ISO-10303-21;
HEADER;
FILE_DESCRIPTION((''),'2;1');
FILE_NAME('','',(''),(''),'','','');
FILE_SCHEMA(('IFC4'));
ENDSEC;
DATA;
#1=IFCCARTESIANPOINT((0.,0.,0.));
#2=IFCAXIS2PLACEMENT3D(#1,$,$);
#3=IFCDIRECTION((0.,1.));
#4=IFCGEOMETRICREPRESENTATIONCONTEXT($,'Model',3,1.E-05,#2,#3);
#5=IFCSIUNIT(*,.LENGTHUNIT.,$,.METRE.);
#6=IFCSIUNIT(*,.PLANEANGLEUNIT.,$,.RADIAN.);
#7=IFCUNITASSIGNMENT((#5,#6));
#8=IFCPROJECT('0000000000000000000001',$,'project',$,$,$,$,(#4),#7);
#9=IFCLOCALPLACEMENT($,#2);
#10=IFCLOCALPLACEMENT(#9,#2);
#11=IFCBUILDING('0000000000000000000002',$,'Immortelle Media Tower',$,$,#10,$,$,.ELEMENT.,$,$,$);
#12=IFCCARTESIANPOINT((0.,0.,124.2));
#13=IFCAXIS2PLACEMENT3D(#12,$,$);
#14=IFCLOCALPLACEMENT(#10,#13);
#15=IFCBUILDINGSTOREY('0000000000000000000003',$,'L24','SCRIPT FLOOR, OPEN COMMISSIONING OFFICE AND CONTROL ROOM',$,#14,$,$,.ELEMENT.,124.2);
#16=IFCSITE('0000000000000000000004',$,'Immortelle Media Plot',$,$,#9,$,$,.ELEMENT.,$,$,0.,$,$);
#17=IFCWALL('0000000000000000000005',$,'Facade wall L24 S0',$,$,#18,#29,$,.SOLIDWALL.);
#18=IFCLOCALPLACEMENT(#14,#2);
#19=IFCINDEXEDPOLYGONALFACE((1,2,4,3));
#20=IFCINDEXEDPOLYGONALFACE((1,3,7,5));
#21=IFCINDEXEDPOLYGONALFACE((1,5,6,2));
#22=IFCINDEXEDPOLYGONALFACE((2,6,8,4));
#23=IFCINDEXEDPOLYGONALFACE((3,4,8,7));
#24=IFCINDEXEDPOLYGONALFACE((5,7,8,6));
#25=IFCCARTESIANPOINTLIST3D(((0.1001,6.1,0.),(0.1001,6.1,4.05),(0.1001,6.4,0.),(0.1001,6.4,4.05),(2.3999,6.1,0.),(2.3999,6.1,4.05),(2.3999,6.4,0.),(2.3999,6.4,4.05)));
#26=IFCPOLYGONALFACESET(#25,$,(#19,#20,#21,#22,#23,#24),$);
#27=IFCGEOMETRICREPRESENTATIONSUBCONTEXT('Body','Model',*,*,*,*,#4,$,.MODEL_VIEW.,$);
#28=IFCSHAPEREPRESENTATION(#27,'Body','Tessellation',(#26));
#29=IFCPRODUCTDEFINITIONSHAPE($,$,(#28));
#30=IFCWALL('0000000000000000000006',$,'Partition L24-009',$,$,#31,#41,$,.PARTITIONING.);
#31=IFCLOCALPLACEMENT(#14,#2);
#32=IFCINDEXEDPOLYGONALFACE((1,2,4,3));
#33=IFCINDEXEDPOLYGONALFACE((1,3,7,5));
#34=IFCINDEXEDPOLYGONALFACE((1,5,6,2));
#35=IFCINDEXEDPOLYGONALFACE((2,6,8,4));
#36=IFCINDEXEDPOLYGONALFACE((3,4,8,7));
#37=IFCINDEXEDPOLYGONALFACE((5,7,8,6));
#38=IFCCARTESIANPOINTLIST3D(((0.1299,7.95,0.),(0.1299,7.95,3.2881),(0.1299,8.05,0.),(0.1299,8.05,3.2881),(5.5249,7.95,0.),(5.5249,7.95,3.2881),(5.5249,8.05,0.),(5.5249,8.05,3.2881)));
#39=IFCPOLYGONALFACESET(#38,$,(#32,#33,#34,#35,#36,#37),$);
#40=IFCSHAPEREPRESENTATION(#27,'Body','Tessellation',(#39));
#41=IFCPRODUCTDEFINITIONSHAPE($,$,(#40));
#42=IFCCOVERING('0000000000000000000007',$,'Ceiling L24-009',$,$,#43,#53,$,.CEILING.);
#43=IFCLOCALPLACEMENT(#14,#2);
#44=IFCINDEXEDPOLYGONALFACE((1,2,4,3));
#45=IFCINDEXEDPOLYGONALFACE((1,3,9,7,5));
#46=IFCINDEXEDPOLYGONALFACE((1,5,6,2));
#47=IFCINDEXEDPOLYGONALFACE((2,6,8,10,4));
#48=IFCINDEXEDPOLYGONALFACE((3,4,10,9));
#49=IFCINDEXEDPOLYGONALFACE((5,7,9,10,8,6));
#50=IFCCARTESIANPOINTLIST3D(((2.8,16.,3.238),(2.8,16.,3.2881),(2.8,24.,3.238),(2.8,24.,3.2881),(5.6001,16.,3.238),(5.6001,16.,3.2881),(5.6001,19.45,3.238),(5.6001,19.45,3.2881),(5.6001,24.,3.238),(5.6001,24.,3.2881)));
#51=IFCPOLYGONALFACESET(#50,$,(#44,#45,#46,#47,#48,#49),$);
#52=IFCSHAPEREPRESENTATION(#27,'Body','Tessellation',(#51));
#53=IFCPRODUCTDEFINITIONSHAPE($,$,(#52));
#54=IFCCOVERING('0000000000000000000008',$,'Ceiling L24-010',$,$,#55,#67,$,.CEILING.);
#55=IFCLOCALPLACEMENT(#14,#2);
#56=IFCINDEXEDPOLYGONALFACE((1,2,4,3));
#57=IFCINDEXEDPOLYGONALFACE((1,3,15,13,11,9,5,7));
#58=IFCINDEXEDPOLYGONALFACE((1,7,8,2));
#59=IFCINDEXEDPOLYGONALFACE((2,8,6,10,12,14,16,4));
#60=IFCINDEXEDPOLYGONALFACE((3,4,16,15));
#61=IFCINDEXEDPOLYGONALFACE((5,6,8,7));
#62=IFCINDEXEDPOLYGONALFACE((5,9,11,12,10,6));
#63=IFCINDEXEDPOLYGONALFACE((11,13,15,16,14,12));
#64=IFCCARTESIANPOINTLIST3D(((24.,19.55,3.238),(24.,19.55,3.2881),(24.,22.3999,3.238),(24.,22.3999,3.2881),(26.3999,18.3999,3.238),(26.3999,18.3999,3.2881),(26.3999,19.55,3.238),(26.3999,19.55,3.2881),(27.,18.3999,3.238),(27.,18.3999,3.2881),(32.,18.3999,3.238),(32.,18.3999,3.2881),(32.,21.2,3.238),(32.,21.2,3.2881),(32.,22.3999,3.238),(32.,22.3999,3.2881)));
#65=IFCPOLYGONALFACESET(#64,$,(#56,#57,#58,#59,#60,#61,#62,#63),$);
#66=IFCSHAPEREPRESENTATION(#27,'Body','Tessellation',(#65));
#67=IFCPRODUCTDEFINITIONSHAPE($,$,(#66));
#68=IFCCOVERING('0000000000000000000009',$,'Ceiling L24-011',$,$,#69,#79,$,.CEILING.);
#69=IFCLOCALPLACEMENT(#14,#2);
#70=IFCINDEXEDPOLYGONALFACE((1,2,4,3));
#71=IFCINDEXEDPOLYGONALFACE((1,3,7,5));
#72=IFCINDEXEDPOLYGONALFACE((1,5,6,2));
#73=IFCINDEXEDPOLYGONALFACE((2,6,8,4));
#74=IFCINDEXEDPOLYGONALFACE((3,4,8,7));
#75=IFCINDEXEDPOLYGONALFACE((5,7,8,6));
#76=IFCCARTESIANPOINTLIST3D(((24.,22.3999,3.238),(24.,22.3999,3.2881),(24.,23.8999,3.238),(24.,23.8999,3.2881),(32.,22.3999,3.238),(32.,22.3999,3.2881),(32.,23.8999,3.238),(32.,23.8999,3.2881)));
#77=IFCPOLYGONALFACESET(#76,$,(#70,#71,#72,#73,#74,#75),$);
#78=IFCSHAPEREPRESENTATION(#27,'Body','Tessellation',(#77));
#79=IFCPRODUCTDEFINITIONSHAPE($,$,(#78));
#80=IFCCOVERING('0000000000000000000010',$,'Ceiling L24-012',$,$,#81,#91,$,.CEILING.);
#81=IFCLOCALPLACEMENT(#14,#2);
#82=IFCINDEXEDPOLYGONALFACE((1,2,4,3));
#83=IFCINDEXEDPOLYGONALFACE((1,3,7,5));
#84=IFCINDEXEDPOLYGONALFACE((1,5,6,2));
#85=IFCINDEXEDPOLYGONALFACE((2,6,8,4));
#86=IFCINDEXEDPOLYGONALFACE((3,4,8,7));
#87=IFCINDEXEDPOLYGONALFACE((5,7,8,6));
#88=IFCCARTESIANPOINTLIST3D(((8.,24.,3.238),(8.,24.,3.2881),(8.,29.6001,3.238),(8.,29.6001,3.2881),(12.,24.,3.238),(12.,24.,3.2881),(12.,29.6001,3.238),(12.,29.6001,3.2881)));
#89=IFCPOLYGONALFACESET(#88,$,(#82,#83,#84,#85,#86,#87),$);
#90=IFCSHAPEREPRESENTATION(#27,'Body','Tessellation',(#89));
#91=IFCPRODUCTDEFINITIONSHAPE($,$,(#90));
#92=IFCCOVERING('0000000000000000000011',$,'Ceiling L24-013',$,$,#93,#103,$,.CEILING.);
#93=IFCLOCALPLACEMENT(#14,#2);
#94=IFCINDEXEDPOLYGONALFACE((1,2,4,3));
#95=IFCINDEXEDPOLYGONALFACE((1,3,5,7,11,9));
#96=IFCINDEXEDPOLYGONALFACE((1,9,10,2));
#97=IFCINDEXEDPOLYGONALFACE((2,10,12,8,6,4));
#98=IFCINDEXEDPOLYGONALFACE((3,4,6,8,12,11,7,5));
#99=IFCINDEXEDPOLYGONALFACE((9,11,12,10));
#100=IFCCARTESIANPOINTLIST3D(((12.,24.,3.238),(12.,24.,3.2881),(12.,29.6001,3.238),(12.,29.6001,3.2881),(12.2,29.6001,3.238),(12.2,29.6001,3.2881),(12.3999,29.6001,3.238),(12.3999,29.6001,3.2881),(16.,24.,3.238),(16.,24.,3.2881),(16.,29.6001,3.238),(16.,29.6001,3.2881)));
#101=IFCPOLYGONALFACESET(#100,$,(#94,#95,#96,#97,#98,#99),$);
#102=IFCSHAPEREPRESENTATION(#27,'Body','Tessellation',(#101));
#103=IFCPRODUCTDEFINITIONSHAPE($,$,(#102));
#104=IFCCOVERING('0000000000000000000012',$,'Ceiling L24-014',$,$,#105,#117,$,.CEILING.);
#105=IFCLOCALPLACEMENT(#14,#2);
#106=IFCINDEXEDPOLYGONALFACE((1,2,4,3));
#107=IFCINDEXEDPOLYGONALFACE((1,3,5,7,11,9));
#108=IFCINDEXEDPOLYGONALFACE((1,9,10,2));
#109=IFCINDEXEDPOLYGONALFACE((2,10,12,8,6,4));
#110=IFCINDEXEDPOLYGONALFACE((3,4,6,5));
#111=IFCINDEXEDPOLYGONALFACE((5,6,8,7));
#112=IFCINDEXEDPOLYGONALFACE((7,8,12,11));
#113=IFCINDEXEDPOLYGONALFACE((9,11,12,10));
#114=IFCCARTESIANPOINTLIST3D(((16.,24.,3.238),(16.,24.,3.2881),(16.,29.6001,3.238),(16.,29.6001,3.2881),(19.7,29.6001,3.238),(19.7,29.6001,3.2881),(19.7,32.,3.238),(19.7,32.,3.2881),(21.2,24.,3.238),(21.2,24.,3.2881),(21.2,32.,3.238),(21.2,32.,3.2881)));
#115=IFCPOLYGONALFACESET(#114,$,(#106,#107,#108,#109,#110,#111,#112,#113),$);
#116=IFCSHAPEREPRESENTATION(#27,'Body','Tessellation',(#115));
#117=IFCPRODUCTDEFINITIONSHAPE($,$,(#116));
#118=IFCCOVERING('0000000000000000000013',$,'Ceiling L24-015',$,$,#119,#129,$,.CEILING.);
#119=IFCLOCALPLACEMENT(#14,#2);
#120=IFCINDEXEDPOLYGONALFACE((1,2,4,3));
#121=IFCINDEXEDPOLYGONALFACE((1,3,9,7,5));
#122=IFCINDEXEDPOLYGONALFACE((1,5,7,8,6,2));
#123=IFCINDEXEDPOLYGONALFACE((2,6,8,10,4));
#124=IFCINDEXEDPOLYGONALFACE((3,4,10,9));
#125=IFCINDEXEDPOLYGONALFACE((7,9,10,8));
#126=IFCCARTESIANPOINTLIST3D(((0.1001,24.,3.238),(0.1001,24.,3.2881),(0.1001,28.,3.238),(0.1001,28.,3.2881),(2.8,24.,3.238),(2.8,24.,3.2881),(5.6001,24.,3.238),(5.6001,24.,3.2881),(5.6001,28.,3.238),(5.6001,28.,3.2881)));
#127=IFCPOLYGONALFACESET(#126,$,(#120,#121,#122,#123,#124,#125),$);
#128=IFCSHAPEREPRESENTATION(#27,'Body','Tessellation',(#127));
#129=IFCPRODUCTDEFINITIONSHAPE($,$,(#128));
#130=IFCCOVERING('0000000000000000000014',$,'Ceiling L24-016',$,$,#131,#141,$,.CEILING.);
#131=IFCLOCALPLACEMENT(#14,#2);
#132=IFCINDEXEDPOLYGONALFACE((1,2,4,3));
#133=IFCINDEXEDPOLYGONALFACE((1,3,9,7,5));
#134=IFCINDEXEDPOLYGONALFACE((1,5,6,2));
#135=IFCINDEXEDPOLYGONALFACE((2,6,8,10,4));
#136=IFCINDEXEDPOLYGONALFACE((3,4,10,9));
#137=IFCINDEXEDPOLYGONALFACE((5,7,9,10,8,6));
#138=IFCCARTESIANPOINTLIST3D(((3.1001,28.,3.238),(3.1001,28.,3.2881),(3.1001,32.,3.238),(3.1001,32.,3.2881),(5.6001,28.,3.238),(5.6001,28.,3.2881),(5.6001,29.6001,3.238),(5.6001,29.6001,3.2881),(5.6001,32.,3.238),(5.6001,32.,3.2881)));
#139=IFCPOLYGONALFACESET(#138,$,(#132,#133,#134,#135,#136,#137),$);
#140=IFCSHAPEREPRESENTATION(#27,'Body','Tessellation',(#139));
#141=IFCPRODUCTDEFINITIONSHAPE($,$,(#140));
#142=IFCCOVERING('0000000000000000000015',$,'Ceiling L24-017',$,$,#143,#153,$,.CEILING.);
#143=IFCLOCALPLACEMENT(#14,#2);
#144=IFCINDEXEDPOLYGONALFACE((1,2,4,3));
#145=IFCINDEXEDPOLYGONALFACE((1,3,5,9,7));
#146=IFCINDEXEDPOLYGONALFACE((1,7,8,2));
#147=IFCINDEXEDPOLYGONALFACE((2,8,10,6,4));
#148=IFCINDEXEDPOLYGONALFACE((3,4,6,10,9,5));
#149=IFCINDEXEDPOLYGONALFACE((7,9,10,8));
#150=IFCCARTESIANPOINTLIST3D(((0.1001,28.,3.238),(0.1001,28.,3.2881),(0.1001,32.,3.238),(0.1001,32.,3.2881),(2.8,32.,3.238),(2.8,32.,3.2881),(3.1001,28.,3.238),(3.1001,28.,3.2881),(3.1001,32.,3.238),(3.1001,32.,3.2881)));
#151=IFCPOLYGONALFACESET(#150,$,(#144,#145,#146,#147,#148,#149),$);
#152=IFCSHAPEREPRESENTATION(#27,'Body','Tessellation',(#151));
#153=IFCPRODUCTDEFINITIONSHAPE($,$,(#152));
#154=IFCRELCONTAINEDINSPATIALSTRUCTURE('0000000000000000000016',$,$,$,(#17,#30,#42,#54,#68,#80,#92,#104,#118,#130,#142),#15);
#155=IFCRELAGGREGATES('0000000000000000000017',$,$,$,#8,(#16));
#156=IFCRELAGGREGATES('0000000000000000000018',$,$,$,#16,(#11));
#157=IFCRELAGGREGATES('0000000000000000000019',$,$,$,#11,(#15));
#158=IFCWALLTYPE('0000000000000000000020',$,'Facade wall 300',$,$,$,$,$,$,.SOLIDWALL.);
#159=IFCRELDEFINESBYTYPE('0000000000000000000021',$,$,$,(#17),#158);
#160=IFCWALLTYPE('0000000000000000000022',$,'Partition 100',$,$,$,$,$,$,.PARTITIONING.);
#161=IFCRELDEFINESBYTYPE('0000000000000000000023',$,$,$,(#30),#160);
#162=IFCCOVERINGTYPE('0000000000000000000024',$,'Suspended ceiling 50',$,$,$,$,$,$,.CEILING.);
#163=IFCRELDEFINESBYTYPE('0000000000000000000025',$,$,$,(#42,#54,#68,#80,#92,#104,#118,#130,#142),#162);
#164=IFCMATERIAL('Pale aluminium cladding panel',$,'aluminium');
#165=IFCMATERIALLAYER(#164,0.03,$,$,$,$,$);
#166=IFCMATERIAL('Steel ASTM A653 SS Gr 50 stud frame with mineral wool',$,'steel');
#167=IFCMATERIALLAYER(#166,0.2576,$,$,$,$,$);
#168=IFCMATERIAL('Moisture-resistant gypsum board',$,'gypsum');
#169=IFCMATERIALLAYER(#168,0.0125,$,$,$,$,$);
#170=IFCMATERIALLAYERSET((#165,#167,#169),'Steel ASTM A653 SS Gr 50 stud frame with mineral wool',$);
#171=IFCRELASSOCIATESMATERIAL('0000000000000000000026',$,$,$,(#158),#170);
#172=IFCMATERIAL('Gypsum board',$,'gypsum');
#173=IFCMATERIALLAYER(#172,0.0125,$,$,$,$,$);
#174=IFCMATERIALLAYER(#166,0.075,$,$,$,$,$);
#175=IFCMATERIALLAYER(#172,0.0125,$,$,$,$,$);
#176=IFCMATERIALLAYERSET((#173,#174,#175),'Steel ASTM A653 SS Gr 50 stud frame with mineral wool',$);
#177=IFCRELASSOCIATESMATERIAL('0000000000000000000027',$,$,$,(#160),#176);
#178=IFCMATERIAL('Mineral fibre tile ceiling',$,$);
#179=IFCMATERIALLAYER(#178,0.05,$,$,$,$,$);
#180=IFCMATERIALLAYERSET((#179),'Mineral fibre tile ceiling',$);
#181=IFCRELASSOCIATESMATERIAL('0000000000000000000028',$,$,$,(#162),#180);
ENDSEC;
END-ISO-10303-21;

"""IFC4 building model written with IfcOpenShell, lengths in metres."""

from ifc_helpers import new_model, si_unit, direction, frame, frame_2d, origin, place, context, subcontext, project, spatial, polyline, rectangle, outline, extrude, material, layer, layer_set, type_object, element, save


model = new_model("IFC4")

# Units and contexts
model_context = context("Model", 3, precision=1e-05, world=origin(), true_north=direction((0.0, 1.0)))
body_context = subcontext(model_context, "Body", "Model", "MODEL_VIEW")
ifc_project = project(units=[si_unit("LENGTHUNIT", "METRE"), si_unit("PLANEANGLEUNIT", "RADIAN")], contexts=[model_context])

# Site, building, storey
site_placement = place(None, origin())
site = spatial("IfcSite", under=ifc_project, at=site_placement, Name="Immortelle Media Plot", CompositionType="ELEMENT", RefElevation=0.0)
building_placement = place(site_placement, origin())
building = spatial("IfcBuilding", under=site, at=building_placement, Name="Immortelle Media Tower", CompositionType="ELEMENT")
storey_placement = place(building_placement, frame((0.0, 0.0, 124.2)))
storey = spatial("IfcBuildingStorey", under=building, at=storey_placement, Name="L24", Description="SCRIPT FLOOR, OPEN COMMISSIONING OFFICE AND CONTROL ROOM", CompositionType="ELEMENT", Elevation=124.2)

# Walls
ifc_material_1 = material(Name="Pale aluminium cladding panel", Category="aluminium")
ifc_layer_1 = layer(ifc_material_1, 0.03)
ifc_material_2 = material(Name="Steel ASTM A653 SS Gr 50 stud frame with mineral wool", Category="steel")
ifc_layer_2 = layer(ifc_material_2, 0.2576)
ifc_material_3 = material(Name="Moisture-resistant gypsum board", Category="gypsum")
ifc_layer_3 = layer(ifc_material_3, 0.0125)
ifc_layer_set_1 = layer_set([ifc_layer_1, ifc_layer_2, ifc_layer_3], Name="Steel ASTM A653 SS Gr 50 stud frame with mineral wool")
wall_type_1 = type_object("IfcWallType", Name="Facade wall 300", PredefinedType="SOLIDWALL", material=ifc_layer_set_1)
wall_1_placement = place(storey_placement, frame((0.1001, 6.25, 0.0), z_axis=(0.0, 0.0, 1.0), x_axis=(1.0, 0.0, 0.0)))
element("IfcWall", 1, at=wall_1_placement, inside=storey, type_object=wall_type_1, Name="Facade wall L24 S0", PredefinedType="SOLIDWALL", context=body_context, shape_type="SweptSolid", body=[
    extrude(rectangle(XDim=2.2998, YDim=0.3, at=frame_2d((1.1499, 0.0))), origin(), (0.0, 0.0, 1.0), 4.05),
])
ifc_material_4 = material(Name="Gypsum board", Category="gypsum")
ifc_layer_4 = layer(ifc_material_4, 0.0125)
ifc_layer_5 = layer(ifc_material_2, 0.075)
ifc_layer_6 = layer(ifc_material_4, 0.0125)
ifc_layer_set_2 = layer_set([ifc_layer_4, ifc_layer_5, ifc_layer_6], Name="Steel ASTM A653 SS Gr 50 stud frame with mineral wool")
wall_type_2 = type_object("IfcWallType", Name="Partition 100", PredefinedType="PARTITIONING", material=ifc_layer_set_2)
wall_2_placement = place(storey_placement, frame((0.1299, 8.0, 0.0), z_axis=(0.0, 0.0, 1.0), x_axis=(1.0, 0.0, 0.0)))
element("IfcWall", 2, at=wall_2_placement, inside=storey, type_object=wall_type_2, Name="Partition L24-009", PredefinedType="PARTITIONING", context=body_context, shape_type="SweptSolid", body=[
    extrude(rectangle(XDim=5.395, YDim=0.1001, at=frame_2d((2.6975, 0.0))), origin(), (0.0, 0.0, 1.0), 3.2881),
])

# Coverings
ifc_material_5 = material(Name="Mineral fibre tile ceiling")
ifc_layer_7 = layer(ifc_material_5, 0.05)
ifc_layer_set_3 = layer_set([ifc_layer_7], Name="Mineral fibre tile ceiling")
covering_type = type_object("IfcCoveringType", Name="Suspended ceiling 50", PredefinedType="CEILING", material=ifc_layer_set_3)
covering_1_placement = place(storey_placement, frame((0.0, 0.0, 3.238)))
element("IfcCovering", 3, at=covering_1_placement, inside=storey, type_object=covering_type, Name="Ceiling L24-009", PredefinedType="CEILING", context=body_context, shape_type="SweptSolid", body=[
    extrude(outline(polyline([(5.6001, 19.45), (5.6001, 16.0), (2.8, 16.0), (2.8, 24.0), (5.6001, 24.0), (5.6001, 19.45)])), origin(), (0.0, 0.0, 1.0), 0.05),
])
covering_2_placement = place(storey_placement, frame((0.0, 0.0, 3.238)))
element("IfcCovering", 4, at=covering_2_placement, inside=storey, type_object=covering_type, Name="Ceiling L24-010", PredefinedType="CEILING", context=body_context, shape_type="SweptSolid", body=[
    extrude(outline(polyline([(26.3999, 18.3999), (26.3999, 19.55), (24.0, 19.55), (24.0, 22.3999), (32.0, 22.3999), (32.0, 21.2), (32.0, 18.3999), (27.0, 18.3999), (26.3999, 18.3999)])), origin(), (0.0, 0.0, 1.0), 0.05),
])
covering_3_placement = place(storey_placement, frame((0.0, 0.0, 3.238)))
element("IfcCovering", 5, at=covering_3_placement, inside=storey, type_object=covering_type, Name="Ceiling L24-011", PredefinedType="CEILING", context=body_context, shape_type="SweptSolid", body=[
    extrude(outline(polyline([(24.0, 23.8999), (32.0, 23.8999), (32.0, 22.3999), (24.0, 22.3999), (24.0, 23.8999)])), origin(), (0.0, 0.0, 1.0), 0.05),
])
covering_4_placement = place(storey_placement, frame((0.0, 0.0, 3.238)))
element("IfcCovering", 6, at=covering_4_placement, inside=storey, type_object=covering_type, Name="Ceiling L24-012", PredefinedType="CEILING", context=body_context, shape_type="SweptSolid", body=[
    extrude(outline(polyline([(12.0, 29.6001), (12.0, 24.0), (8.0, 24.0), (8.0, 29.6001), (12.0, 29.6001)])), origin(), (0.0, 0.0, 1.0), 0.05),
])
covering_5_placement = place(storey_placement, frame((0.0, 0.0, 3.238)))
element("IfcCovering", 7, at=covering_5_placement, inside=storey, type_object=covering_type, Name="Ceiling L24-013", PredefinedType="CEILING", context=body_context, shape_type="SweptSolid", body=[
    extrude(outline(polyline([(12.2, 29.6001), (12.3999, 29.6001), (16.0, 29.6001), (16.0, 24.0), (12.0, 24.0), (12.0, 29.6001), (12.2, 29.6001)])), origin(), (0.0, 0.0, 1.0), 0.05),
])
covering_6_placement = place(storey_placement, frame((0.0, 0.0, 3.238)))
element("IfcCovering", 8, at=covering_6_placement, inside=storey, type_object=covering_type, Name="Ceiling L24-014", PredefinedType="CEILING", context=body_context, shape_type="SweptSolid", body=[
    extrude(outline(polyline([(19.7, 29.6001), (19.7, 32.0), (21.2, 32.0), (21.2, 24.0), (16.0, 24.0), (16.0, 29.6001), (19.7, 29.6001)])), origin(), (0.0, 0.0, 1.0), 0.05),
])
covering_7_placement = place(storey_placement, frame((0.0, 0.0, 3.238)))
element("IfcCovering", 9, at=covering_7_placement, inside=storey, type_object=covering_type, Name="Ceiling L24-015", PredefinedType="CEILING", context=body_context, shape_type="SweptSolid", body=[
    extrude(outline(polyline([(5.6001, 24.0), (2.8, 24.0), (0.1001, 24.0), (0.1001, 28.0), (5.6001, 28.0), (5.6001, 24.0)])), origin(), (0.0, 0.0, 1.0), 0.05),
])
covering_8_placement = place(storey_placement, frame((0.0, 0.0, 3.238)))
element("IfcCovering", 10, at=covering_8_placement, inside=storey, type_object=covering_type, Name="Ceiling L24-016", PredefinedType="CEILING", context=body_context, shape_type="SweptSolid", body=[
    extrude(outline(polyline([(3.1001, 28.0), (3.1001, 32.0), (5.6001, 32.0), (5.6001, 29.6001), (5.6001, 28.0), (3.1001, 28.0)])), origin(), (0.0, 0.0, 1.0), 0.05),
])
covering_9_placement = place(storey_placement, frame((0.0, 0.0, 3.238)))
element("IfcCovering", 11, at=covering_9_placement, inside=storey, type_object=covering_type, Name="Ceiling L24-017", PredefinedType="CEILING", context=body_context, shape_type="SweptSolid", body=[
    extrude(outline(polyline([(0.1001, 28.0), (0.1001, 32.0), (2.8, 32.0), (3.1001, 32.0), (3.1001, 28.0), (0.1001, 28.0)])), origin(), (0.0, 0.0, 1.0), 0.05),
])

save(model, "model.ifc")
